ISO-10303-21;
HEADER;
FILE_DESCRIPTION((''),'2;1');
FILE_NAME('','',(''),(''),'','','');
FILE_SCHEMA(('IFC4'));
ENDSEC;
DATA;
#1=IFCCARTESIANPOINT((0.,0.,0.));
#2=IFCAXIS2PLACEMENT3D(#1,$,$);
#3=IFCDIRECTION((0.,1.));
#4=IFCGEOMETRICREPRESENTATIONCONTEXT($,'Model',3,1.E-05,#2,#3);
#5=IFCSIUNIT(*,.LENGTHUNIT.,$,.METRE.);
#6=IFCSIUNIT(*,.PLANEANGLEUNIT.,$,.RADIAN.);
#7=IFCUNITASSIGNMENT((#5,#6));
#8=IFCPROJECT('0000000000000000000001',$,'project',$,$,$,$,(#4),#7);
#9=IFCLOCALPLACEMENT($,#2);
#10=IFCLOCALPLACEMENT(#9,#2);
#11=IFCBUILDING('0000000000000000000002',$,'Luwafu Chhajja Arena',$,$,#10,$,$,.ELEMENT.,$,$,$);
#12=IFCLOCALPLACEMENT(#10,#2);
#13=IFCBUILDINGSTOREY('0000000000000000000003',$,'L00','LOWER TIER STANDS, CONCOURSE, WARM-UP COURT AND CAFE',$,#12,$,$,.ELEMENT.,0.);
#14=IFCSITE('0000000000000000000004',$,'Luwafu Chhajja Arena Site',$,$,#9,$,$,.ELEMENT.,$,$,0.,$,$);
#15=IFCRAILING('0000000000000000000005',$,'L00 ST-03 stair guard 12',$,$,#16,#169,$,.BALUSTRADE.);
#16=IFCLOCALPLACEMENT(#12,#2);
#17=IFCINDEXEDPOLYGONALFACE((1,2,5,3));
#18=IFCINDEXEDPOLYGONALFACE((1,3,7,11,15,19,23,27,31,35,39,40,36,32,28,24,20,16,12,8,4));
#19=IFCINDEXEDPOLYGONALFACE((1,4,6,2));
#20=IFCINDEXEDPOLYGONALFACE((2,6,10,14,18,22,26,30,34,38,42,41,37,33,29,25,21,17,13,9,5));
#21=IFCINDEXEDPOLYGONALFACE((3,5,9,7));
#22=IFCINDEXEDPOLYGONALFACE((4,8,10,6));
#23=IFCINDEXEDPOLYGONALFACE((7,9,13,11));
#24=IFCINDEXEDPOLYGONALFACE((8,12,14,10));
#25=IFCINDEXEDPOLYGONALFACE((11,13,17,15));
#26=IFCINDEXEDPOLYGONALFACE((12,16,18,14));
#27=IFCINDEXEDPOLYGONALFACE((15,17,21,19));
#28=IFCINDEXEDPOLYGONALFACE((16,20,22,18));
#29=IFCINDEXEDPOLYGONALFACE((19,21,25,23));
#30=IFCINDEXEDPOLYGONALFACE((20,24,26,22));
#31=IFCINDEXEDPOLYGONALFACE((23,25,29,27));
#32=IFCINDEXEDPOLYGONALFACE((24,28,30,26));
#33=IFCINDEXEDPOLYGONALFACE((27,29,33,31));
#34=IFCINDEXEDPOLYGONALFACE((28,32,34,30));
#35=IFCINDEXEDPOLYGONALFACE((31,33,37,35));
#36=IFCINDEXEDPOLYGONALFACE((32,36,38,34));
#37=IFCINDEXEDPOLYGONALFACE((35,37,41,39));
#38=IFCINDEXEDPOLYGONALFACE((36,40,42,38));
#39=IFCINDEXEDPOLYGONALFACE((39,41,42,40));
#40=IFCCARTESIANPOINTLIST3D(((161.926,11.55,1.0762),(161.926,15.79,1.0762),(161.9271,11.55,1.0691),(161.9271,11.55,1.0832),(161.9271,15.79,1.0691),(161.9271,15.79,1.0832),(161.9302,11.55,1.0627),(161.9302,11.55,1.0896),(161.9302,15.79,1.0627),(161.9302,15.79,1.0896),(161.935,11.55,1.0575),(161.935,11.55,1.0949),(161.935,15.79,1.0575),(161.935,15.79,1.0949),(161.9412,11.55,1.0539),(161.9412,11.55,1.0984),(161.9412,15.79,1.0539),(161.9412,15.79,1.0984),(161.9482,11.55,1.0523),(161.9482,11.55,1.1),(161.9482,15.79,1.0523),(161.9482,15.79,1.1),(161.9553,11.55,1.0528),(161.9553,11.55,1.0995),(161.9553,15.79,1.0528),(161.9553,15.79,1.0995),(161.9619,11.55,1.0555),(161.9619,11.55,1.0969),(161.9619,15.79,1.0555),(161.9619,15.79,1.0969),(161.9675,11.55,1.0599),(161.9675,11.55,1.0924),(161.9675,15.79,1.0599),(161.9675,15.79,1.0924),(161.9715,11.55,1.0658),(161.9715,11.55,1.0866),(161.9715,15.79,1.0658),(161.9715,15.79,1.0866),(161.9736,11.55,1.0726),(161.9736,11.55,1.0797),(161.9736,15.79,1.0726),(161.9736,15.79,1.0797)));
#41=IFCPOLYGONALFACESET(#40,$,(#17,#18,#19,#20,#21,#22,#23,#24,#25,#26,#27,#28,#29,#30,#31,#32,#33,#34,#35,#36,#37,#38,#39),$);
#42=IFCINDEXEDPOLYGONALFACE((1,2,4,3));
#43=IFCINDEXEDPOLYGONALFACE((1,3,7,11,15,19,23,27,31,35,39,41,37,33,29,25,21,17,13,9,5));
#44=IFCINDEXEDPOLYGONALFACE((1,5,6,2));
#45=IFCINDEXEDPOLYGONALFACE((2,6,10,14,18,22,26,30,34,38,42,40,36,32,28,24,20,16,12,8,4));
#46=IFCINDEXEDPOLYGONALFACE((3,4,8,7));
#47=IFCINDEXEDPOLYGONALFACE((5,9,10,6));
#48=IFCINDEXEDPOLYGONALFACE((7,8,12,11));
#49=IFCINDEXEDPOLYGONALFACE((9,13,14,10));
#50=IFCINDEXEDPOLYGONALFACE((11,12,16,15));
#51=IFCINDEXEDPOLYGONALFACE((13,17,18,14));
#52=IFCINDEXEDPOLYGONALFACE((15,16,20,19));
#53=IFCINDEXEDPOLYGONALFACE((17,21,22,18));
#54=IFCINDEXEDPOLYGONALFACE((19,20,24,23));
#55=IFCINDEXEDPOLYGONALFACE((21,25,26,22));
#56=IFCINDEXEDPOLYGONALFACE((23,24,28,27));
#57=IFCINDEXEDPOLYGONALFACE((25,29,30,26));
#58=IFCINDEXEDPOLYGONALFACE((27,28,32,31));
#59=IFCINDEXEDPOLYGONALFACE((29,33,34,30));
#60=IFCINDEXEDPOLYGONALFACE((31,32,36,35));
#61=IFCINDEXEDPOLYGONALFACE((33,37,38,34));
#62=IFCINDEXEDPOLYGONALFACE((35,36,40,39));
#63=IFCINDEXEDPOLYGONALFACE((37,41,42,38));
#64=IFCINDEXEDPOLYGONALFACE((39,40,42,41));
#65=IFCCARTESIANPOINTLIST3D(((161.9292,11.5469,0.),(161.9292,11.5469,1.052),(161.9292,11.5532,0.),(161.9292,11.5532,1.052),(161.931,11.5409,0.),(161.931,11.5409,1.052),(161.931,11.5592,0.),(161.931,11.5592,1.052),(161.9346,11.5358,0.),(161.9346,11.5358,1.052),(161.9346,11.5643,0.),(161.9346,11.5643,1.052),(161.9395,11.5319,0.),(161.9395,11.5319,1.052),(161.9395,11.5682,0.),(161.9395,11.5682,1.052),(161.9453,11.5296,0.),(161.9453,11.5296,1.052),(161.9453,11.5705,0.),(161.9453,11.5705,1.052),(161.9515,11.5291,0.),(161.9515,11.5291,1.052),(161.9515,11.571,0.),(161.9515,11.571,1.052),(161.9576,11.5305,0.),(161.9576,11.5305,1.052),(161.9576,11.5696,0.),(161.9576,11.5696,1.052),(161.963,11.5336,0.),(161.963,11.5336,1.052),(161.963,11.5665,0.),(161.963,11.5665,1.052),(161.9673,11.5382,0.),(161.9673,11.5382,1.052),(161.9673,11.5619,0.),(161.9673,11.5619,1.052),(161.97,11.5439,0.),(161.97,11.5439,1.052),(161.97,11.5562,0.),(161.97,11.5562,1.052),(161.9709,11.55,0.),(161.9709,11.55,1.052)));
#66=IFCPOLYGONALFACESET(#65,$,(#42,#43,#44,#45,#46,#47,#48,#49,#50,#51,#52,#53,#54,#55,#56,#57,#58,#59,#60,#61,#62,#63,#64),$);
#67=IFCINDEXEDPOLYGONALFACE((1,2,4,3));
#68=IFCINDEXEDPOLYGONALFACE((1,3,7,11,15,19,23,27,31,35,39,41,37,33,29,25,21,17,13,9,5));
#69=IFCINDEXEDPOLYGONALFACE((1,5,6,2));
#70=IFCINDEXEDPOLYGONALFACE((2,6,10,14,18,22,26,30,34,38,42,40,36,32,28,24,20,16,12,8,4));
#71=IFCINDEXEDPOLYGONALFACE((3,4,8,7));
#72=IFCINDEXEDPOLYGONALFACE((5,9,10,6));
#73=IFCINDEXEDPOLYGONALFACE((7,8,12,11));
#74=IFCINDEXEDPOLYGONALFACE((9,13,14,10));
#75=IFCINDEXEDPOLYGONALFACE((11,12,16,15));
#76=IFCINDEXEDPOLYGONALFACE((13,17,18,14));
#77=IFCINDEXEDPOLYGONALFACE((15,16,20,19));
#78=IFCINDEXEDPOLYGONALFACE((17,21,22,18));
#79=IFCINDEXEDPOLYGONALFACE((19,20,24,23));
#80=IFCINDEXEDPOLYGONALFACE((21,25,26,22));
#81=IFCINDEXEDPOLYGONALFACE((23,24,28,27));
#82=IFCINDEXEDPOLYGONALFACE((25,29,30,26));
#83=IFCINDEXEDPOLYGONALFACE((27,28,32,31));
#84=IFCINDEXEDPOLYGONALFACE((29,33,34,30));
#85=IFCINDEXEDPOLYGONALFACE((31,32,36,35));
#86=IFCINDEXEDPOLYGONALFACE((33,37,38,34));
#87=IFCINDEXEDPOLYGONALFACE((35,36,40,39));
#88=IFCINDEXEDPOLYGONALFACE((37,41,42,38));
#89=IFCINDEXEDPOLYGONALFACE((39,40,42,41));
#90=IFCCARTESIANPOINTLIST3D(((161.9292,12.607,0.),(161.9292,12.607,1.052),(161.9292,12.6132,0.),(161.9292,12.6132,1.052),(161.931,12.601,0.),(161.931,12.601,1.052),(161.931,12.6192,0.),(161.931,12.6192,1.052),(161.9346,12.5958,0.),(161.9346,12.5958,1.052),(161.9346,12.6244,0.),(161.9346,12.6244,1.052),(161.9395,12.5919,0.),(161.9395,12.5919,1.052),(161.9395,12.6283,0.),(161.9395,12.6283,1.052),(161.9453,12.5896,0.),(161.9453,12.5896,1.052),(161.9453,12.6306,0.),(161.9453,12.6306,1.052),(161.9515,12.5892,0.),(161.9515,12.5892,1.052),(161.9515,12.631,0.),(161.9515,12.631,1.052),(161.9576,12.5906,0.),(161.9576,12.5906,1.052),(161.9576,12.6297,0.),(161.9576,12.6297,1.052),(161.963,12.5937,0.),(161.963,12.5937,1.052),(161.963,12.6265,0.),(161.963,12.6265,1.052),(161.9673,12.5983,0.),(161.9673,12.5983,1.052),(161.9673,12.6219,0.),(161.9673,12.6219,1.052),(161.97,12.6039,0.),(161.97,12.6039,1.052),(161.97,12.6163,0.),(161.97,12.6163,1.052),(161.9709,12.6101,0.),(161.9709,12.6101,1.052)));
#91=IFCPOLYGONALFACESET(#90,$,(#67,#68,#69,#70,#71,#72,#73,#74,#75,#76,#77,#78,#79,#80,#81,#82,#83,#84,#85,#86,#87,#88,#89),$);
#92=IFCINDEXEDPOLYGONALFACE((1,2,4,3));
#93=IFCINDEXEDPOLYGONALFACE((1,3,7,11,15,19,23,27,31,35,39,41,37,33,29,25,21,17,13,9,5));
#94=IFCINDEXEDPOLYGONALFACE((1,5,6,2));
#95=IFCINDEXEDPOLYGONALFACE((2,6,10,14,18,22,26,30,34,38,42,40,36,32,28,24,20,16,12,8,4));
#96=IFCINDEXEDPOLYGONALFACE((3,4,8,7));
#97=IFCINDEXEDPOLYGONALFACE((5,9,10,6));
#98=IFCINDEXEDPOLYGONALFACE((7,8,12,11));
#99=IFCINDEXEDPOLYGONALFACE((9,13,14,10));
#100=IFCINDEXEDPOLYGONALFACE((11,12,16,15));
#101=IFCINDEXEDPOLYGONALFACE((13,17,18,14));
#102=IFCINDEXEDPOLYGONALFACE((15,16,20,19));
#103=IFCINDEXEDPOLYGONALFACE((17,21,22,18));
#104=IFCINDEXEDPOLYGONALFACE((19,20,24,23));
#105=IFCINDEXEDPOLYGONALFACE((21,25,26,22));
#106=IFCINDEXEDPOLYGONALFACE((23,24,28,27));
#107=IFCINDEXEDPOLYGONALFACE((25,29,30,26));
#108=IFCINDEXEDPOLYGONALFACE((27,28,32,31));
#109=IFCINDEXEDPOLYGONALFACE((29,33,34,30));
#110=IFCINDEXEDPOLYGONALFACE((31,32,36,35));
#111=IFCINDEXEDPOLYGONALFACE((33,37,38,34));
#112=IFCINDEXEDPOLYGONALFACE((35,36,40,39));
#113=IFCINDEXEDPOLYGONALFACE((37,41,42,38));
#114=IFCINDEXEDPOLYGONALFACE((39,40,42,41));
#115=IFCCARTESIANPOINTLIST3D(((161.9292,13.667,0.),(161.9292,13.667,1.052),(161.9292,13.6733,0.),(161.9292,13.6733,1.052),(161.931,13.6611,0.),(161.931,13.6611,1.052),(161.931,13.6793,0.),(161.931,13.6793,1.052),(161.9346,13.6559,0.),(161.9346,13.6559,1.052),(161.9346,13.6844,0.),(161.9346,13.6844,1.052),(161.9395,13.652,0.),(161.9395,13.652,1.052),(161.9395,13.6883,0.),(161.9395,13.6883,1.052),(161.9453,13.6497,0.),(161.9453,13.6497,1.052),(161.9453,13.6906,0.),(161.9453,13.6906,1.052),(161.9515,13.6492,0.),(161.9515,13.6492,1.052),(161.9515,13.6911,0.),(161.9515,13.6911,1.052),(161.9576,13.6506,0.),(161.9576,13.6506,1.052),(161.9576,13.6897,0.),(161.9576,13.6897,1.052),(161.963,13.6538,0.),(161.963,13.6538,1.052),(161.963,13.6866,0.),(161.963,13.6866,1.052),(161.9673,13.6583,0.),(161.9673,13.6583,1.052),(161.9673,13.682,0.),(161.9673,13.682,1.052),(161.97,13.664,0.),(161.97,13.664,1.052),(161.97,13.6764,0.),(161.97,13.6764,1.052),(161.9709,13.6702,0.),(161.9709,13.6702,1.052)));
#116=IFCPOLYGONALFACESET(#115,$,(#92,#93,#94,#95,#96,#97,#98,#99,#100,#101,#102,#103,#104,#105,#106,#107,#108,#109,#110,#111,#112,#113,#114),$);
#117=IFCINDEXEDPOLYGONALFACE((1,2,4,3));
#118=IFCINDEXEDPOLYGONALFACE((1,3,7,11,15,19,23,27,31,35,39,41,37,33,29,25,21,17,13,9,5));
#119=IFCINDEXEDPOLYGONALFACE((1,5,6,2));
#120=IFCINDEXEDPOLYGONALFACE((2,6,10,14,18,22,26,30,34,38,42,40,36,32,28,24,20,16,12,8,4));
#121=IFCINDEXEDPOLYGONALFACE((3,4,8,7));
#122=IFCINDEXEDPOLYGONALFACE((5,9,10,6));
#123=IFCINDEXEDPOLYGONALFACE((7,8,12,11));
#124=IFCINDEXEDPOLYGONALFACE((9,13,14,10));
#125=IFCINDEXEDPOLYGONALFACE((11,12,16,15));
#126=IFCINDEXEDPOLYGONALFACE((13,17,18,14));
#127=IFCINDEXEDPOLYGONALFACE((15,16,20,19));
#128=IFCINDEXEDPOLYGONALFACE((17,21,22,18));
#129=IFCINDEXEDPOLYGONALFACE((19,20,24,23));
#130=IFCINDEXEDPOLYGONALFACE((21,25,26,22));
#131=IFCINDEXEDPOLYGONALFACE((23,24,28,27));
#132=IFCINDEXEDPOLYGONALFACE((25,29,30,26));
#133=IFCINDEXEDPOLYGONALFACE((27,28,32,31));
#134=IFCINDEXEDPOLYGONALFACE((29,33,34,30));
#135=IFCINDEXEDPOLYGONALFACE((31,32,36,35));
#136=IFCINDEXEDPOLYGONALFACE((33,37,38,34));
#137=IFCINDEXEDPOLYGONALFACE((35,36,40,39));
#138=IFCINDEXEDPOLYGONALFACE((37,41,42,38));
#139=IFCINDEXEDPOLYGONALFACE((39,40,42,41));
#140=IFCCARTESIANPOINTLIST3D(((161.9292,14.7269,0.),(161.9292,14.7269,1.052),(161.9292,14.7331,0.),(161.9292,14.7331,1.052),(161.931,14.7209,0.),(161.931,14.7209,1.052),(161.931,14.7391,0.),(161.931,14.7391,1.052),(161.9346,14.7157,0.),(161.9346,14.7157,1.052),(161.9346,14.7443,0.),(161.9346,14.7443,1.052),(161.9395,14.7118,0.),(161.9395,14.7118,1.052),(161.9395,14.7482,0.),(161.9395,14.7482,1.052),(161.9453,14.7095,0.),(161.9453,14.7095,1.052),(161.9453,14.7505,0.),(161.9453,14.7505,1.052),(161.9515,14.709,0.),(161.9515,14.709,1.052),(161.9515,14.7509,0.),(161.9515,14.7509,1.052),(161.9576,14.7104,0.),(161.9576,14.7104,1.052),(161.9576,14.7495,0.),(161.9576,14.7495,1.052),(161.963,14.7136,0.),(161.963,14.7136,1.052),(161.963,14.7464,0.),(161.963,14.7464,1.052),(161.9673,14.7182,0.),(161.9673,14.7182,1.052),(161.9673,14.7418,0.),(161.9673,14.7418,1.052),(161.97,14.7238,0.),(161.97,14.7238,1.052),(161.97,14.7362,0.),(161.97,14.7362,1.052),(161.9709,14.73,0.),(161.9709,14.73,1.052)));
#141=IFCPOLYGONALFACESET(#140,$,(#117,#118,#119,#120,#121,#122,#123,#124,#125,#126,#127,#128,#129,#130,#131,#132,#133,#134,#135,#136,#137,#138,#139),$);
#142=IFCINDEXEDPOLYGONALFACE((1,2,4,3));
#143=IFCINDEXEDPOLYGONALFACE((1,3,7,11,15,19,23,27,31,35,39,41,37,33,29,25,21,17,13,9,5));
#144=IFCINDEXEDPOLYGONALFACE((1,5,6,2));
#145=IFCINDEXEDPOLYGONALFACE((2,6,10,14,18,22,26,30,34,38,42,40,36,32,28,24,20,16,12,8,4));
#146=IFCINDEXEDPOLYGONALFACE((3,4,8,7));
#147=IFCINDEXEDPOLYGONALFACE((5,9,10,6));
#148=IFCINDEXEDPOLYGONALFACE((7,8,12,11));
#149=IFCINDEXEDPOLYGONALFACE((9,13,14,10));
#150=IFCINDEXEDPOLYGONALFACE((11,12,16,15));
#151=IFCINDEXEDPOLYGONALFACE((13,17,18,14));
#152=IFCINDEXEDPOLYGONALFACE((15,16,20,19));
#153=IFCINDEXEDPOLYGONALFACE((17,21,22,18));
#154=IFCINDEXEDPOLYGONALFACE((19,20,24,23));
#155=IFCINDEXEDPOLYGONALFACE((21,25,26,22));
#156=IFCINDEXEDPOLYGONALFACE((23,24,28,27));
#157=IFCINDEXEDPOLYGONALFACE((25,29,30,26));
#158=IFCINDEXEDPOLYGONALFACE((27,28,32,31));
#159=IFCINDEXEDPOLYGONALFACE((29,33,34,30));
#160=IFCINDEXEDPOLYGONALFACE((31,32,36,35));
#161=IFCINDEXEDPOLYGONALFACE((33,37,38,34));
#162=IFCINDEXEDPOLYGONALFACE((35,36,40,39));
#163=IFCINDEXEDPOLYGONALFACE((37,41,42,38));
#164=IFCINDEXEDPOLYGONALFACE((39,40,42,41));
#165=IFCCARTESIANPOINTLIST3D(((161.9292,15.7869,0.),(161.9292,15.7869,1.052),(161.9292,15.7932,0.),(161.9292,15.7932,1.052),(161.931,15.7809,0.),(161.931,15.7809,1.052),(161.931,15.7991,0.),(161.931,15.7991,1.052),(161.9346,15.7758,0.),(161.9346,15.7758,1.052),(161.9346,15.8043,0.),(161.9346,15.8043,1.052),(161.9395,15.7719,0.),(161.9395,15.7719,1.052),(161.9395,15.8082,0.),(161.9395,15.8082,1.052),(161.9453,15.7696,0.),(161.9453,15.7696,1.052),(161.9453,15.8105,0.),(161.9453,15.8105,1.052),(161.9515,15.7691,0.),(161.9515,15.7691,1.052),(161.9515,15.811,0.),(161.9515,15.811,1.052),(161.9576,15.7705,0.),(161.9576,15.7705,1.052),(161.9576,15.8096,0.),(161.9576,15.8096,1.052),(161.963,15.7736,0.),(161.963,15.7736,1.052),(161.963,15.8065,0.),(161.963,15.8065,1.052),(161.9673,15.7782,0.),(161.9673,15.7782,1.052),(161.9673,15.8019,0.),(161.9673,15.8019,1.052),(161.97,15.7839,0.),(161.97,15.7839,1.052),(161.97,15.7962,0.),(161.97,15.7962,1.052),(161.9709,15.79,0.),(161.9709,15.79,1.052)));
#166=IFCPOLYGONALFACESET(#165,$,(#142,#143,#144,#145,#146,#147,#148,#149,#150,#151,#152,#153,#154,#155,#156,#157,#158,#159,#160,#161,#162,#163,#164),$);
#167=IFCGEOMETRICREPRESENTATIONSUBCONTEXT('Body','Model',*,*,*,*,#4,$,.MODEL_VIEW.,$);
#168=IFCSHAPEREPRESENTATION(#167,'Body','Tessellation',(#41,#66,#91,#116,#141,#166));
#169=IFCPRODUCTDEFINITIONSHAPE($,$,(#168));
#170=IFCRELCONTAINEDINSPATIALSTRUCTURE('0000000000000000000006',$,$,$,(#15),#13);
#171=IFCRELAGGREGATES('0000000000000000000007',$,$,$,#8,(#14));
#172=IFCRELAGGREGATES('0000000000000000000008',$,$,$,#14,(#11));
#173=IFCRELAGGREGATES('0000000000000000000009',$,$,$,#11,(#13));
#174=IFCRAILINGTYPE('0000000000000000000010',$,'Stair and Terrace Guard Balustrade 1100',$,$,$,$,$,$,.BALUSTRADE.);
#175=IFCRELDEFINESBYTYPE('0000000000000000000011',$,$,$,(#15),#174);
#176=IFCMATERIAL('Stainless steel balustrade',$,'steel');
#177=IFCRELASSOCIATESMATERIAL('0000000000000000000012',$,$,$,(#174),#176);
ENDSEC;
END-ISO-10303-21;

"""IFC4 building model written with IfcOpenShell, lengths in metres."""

from ifc_helpers import new_model, si_unit, direction, frame, origin, origin_2d, place, context, subcontext, project, spatial, circle, extrude, material, type_object, element, save


model = new_model("IFC4")

# Units and contexts
model_context = context("Model", 3, precision=1e-05, world=origin(), true_north=direction((0.0, 1.0)))
body_context = subcontext(model_context, "Body", "Model", "MODEL_VIEW")
ifc_project = project(units=[si_unit("LENGTHUNIT", "METRE"), si_unit("PLANEANGLEUNIT", "RADIAN")], contexts=[model_context])

# Site, building, storey
site_placement = place(None, origin())
site = spatial("IfcSite", under=ifc_project, at=site_placement, Name="Luwafu Chhajja Arena Site", CompositionType="ELEMENT", RefElevation=0.0)
building_placement = place(site_placement, origin())
building = spatial("IfcBuilding", under=site, at=building_placement, Name="Luwafu Chhajja Arena", CompositionType="ELEMENT")
storey_placement = place(building_placement, origin())
storey = spatial("IfcBuildingStorey", under=building, at=storey_placement, Name="L00", Description="LOWER TIER STANDS, CONCOURSE, WARM-UP COURT AND CAFE", CompositionType="ELEMENT", Elevation=0.0)

# Railing
ifc_material_1 = material(Name="Stainless steel balustrade", Category="steel")
railing_type = type_object("IfcRailingType", Name="Stair and Terrace Guard Balustrade 1100", PredefinedType="BALUSTRADE", material=ifc_material_1)
for number, where, name in (
    (1, (161.95, 11.55, 0.0), "L00 ST-03 stair guard 12"),
):
    element("IfcRailing", number, at=place(storey_placement, frame(where)), inside=storey, type_object=railing_type, Name=name, PredefinedType="BALUSTRADE", context=body_context, shape_type="SweptSolid", body=[
        extrude(circle(Radius=0.0239, at=origin_2d()), frame((0.0, 0.0, 1.0762), z_axis=(0.0, 1.0, 0.0), x_axis=(-1.0, 0.0, 0.0)), (0.0, 0.0, 1.0), 4.24),
        extrude(circle(Radius=0.021, at=origin_2d()), origin(), (0.0, 0.0, 1.0), 1.052),
        extrude(circle(Radius=0.021, at=origin_2d()), frame((0.0, 1.0601, 0.0)), (0.0, 0.0, 1.0), 1.052),
        extrude(circle(Radius=0.021, at=origin_2d()), frame((0.0, 2.1201, 0.0)), (0.0, 0.0, 1.0), 1.052),
        extrude(circle(Radius=0.021, at=origin_2d()), frame((0.0, 3.1799, 0.0)), (0.0, 0.0, 1.0), 1.052),
        extrude(circle(Radius=0.021, at=origin_2d()), frame((0.0, 4.24, 0.0)), (0.0, 0.0, 1.0), 1.052),
    ])

save(model, "model.ifc")
